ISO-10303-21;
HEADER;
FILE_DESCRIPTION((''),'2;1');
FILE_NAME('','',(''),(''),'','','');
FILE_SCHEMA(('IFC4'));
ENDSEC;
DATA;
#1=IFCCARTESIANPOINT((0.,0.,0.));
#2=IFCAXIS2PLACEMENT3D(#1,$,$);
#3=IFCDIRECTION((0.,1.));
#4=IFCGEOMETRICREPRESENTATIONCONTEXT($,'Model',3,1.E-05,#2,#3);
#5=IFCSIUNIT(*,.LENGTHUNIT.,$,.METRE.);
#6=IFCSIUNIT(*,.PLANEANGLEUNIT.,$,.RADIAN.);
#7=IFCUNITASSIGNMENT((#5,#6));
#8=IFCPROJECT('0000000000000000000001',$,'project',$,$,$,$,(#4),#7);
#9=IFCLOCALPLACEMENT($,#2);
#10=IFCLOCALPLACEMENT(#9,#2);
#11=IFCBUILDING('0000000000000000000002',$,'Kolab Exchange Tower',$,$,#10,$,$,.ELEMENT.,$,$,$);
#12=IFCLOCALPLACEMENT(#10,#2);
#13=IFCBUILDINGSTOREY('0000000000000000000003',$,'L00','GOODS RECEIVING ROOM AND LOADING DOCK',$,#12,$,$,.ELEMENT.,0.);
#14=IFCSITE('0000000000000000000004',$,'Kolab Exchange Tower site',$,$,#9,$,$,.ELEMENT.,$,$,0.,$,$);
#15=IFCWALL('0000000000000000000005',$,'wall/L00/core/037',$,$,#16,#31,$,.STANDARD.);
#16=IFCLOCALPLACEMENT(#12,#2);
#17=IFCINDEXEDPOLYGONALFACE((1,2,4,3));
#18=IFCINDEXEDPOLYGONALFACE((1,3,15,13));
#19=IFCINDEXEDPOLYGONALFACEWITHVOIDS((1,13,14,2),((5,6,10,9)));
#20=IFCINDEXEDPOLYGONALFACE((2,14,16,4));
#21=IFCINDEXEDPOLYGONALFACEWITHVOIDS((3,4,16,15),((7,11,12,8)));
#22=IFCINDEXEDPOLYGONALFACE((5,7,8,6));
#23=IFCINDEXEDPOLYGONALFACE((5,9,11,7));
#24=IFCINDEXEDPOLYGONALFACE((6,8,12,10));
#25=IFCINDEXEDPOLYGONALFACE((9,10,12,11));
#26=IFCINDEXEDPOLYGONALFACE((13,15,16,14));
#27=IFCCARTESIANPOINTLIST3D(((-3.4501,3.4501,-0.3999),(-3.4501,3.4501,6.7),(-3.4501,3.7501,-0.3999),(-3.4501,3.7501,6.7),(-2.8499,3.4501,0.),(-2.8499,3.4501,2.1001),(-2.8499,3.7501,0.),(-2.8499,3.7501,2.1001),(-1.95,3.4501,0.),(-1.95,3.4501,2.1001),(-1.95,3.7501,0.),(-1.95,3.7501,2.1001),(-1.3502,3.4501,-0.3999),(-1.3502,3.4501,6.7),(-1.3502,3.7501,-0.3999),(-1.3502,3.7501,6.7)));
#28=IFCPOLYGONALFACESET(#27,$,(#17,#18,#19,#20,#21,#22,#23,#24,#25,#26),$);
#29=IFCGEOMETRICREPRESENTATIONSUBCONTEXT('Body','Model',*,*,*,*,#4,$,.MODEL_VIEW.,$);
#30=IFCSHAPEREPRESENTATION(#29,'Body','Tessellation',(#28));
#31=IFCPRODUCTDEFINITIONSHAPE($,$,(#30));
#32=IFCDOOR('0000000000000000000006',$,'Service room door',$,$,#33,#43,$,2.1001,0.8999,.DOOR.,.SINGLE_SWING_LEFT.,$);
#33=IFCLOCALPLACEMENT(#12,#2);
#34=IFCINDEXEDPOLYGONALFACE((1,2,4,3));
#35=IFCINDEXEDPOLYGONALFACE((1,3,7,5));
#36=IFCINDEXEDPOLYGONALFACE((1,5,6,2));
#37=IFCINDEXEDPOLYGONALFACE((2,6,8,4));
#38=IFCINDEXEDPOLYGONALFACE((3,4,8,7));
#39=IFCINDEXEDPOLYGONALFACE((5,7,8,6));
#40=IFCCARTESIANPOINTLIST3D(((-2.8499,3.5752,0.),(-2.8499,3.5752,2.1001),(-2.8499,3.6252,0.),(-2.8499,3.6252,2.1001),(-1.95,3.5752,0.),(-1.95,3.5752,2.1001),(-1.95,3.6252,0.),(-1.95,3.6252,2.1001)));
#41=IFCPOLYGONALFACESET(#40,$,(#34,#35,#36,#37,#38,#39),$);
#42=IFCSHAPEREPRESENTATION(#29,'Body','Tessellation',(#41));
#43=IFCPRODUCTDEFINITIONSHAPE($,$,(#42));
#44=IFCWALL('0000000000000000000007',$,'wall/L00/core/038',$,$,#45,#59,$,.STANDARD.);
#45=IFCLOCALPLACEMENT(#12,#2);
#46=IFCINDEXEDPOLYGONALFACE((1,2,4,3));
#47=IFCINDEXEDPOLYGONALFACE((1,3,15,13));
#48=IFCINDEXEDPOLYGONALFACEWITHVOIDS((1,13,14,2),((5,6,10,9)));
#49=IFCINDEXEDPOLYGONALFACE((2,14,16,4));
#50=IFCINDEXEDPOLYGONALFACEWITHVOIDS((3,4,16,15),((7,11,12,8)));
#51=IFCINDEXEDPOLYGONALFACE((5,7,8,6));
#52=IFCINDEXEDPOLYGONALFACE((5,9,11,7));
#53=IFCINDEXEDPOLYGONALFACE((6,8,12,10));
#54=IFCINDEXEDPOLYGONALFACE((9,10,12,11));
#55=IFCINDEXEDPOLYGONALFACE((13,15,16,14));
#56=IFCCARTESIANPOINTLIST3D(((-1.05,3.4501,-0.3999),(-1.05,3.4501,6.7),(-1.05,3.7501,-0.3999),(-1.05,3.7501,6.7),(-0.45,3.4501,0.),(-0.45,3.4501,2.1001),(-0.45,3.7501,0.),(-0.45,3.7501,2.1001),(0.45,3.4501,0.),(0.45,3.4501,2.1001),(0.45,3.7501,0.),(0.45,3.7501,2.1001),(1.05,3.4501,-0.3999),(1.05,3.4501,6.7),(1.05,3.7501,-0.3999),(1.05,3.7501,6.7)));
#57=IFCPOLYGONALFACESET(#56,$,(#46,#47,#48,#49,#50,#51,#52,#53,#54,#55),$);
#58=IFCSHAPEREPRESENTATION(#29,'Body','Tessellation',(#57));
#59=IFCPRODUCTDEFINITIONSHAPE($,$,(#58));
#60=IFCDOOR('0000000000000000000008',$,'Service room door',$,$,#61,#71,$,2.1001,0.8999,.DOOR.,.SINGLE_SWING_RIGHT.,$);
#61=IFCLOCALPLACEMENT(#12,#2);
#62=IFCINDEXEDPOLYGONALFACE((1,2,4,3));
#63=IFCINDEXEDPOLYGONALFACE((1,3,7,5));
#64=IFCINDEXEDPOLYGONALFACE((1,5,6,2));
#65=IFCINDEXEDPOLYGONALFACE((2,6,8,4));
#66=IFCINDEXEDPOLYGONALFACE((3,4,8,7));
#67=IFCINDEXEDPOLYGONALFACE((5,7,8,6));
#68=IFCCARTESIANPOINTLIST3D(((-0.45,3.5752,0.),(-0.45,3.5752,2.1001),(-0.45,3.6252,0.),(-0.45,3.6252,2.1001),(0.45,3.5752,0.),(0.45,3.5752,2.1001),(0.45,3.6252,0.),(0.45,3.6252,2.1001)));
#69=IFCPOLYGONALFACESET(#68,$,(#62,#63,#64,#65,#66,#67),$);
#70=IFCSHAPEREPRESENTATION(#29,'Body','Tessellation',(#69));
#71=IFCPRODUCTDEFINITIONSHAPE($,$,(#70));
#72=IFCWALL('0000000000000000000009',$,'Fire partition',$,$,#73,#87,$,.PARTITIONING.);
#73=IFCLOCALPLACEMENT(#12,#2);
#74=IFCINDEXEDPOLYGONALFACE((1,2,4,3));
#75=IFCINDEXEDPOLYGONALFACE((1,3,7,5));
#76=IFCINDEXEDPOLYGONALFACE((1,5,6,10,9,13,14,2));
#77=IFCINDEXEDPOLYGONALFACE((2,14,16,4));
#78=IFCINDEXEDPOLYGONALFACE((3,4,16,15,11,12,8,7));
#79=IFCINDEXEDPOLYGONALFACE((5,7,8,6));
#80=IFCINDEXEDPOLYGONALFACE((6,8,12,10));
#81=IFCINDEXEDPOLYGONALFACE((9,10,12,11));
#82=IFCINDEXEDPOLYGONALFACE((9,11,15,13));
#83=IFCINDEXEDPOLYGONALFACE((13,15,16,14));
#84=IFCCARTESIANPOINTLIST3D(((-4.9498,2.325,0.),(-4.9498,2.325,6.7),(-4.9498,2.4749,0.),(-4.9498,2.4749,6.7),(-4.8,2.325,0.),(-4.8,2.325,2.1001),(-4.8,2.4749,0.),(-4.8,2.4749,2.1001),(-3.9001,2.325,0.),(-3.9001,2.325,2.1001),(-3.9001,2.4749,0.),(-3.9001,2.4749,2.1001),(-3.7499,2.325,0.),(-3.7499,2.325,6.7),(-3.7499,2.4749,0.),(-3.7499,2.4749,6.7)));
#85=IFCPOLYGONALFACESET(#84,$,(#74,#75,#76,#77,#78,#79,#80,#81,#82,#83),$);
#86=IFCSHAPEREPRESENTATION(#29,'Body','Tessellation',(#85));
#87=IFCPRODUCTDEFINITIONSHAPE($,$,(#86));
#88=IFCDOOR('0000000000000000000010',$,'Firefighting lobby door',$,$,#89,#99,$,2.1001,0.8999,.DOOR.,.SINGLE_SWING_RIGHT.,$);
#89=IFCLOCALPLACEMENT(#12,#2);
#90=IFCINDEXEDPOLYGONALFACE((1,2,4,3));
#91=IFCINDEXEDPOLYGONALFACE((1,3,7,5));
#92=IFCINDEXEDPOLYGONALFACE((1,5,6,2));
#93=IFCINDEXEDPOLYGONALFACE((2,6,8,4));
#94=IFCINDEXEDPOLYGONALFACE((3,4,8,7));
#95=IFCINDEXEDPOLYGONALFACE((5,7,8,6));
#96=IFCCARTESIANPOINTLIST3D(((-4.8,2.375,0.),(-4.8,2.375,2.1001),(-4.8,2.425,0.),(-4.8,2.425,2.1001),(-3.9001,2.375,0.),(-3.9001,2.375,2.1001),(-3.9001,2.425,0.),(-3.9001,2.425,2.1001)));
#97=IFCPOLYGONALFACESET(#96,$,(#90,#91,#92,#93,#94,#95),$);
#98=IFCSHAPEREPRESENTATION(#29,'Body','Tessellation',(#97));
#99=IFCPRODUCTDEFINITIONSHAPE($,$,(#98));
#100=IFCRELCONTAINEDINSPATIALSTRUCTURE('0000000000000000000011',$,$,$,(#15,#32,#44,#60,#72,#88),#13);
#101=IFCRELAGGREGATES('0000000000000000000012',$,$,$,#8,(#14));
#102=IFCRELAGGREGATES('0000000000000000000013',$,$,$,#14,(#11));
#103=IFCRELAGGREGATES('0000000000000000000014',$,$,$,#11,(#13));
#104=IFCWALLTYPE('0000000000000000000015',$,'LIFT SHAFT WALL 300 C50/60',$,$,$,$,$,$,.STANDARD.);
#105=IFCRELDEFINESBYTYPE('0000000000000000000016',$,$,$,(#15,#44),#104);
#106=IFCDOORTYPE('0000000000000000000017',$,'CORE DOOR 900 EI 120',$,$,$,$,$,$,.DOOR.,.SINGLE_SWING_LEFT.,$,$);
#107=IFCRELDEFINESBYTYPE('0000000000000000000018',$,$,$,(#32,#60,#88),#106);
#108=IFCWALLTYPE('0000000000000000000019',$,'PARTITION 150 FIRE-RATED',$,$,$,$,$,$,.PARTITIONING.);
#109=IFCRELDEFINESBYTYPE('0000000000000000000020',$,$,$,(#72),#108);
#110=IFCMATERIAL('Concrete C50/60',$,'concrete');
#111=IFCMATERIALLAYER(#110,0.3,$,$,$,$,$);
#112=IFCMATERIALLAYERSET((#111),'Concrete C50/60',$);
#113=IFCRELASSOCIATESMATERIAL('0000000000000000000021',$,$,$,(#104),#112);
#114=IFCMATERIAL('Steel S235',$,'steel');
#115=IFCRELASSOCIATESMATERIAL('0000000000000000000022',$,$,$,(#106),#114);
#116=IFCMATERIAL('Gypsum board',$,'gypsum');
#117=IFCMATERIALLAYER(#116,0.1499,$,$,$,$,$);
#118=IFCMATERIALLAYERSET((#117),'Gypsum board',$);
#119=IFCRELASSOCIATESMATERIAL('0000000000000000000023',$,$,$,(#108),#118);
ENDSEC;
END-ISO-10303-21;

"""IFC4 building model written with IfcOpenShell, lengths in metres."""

from ifc_helpers import new_model, si_unit, direction, frame, frame_2d, origin, place, context, subcontext, project, spatial, rectangle, extrude, material, layer, layer_set, type_object, element, fill, save


model = new_model("IFC4")

# Units and contexts
model_context = context("Model", 3, precision=1e-05, world=origin(), true_north=direction((0.0, 1.0)))
body_context = subcontext(model_context, "Body", "Model", "MODEL_VIEW")
ifc_project = project(units=[si_unit("LENGTHUNIT", "METRE"), si_unit("PLANEANGLEUNIT", "RADIAN")], contexts=[model_context])

# Site, building, storey
site_placement = place(None, origin())
site = spatial("IfcSite", under=ifc_project, at=site_placement, Name="Kolab Exchange Tower site", CompositionType="ELEMENT", RefElevation=0.0)
building_placement = place(site_placement, origin())
building = spatial("IfcBuilding", under=site, at=building_placement, Name="Kolab Exchange Tower", CompositionType="ELEMENT")
storey_placement = place(building_placement, origin())
storey = spatial("IfcBuildingStorey", under=building, at=storey_placement, Name="L00", Description="GOODS RECEIVING ROOM AND LOADING DOCK", CompositionType="ELEMENT", Elevation=0.0)

# Walls, openings, doors
ifc_material_1 = material(Name="Concrete C50/60", Category="concrete")
ifc_layer_1 = layer(ifc_material_1, 0.3)
ifc_layer_set_1 = layer_set([ifc_layer_1], Name="Concrete C50/60")
wall_type_1 = type_object("IfcWallType", Name="LIFT SHAFT WALL 300 C50/60", PredefinedType="STANDARD", material=ifc_layer_set_1)
wall_1_placement = place(storey_placement, frame((-3.45, 3.6001, -0.3999), z_axis=(0.0, 0.0, 1.0), x_axis=(1.0, 0.0, 0.0)))
wall_1 = element("IfcWall", 1, at=wall_1_placement, inside=storey, type_object=wall_type_1, Name="wall/L00/core/037", PredefinedType="STANDARD", context=body_context, shape_type="SweptSolid", body=[
    extrude(rectangle(XDim=2.0999, YDim=0.3, at=frame_2d((1.0498, 0.0))), origin(), (0.0, 0.0, 1.0), 7.0999),
])
opening_1_placement = place(wall_1_placement, frame((0.6001, 0.0, 0.3999)))
opening_1 = element("IfcOpeningElement", 2, at=opening_1_placement, cuts=wall_1, PredefinedType="OPENING", context=body_context, shape_type="SweptSolid", body=[
    extrude(rectangle(XDim=0.8999, YDim=2.1001, at=frame_2d((0.45, 1.05))), frame((0.0, 0.1602, 0.0), z_axis=(0.0, -1.0, 0.0), x_axis=(1.0, 0.0, 0.0)), (0.0, 0.0, 1.0), 0.3201),
])
ifc_material_2 = material(Name="Steel S235", Category="steel")
door_type = type_object("IfcDoorType", Name="CORE DOOR 900 EI 120", OperationType="SINGLE_SWING_LEFT", PredefinedType="DOOR", material=ifc_material_2)
door_1_placement = place(opening_1_placement, frame((0.8999, 0.0, 0.0), z_axis=(0.0, 0.0, 1.0), x_axis=(-1.0, 0.0, 0.0)))
door_1 = element("IfcDoor", 3, at=door_1_placement, inside=storey, type_object=door_type, Name="Service room door", OperationType="SINGLE_SWING_LEFT", OverallHeight=2.1001, OverallWidth=0.8999, PredefinedType="DOOR", context=body_context, shape_type="SweptSolid", body=[
    extrude(rectangle(XDim=0.8999, YDim=2.1001, at=frame_2d((0.45, 1.05))), frame((0.0, 0.0249, 0.0), z_axis=(0.0, -1.0, 0.0), x_axis=(1.0, 0.0, 0.0)), (0.0, 0.0, 1.0), 0.05),
])
fill(opening_1, door_1)
wall_2_placement = place(storey_placement, frame((-1.05, 3.6001, -0.3999), z_axis=(0.0, 0.0, 1.0), x_axis=(1.0, 0.0, 0.0)))
wall_2 = element("IfcWall", 4, at=wall_2_placement, inside=storey, type_object=wall_type_1, Name="wall/L00/core/038", PredefinedType="STANDARD", context=body_context, shape_type="SweptSolid", body=[
    extrude(rectangle(XDim=2.1001, YDim=0.3, at=frame_2d((1.05, 0.0))), origin(), (0.0, 0.0, 1.0), 7.0999),
])
opening_2_placement = place(wall_2_placement, frame((0.6001, 0.0, 0.3999)))
opening_2 = element("IfcOpeningElement", 5, at=opening_2_placement, cuts=wall_2, PredefinedType="OPENING", context=body_context, shape_type="SweptSolid", body=[
    extrude(rectangle(XDim=0.8999, YDim=2.1001, at=frame_2d((0.45, 1.05))), frame((0.0, 0.1602, 0.0), z_axis=(0.0, -1.0, 0.0), x_axis=(1.0, 0.0, 0.0)), (0.0, 0.0, 1.0), 0.3201),
])
door_2_placement = place(opening_2_placement, frame((0.8999, 0.0, 0.0), z_axis=(0.0, 0.0, 1.0), x_axis=(-1.0, 0.0, 0.0)))
door_2 = element("IfcDoor", 6, at=door_2_placement, inside=storey, type_object=door_type, Name="Service room door", OperationType="SINGLE_SWING_RIGHT", OverallHeight=2.1001, OverallWidth=0.8999, PredefinedType="DOOR", context=body_context, shape_type="SweptSolid", body=[
    extrude(rectangle(XDim=0.8999, YDim=2.1001, at=frame_2d((0.45, 1.05))), frame((0.0, 0.0249, 0.0), z_axis=(0.0, -1.0, 0.0), x_axis=(1.0, 0.0, 0.0)), (0.0, 0.0, 1.0), 0.05),
])
fill(opening_2, door_2)
ifc_material_3 = material(Name="Gypsum board", Category="gypsum")
ifc_layer_2 = layer(ifc_material_3, 0.1499)
ifc_layer_set_2 = layer_set([ifc_layer_2], Name="Gypsum board")
wall_type_2 = type_object("IfcWallType", Name="PARTITION 150 FIRE-RATED", PredefinedType="PARTITIONING", material=ifc_layer_set_2)
wall_3_placement = place(storey_placement, frame((-4.95, 2.3999, 0.0), z_axis=(0.0, 0.0, 1.0), x_axis=(1.0, 0.0, 0.0)))
wall_3 = element("IfcWall", 7, at=wall_3_placement, inside=storey, type_object=wall_type_2, Name="Fire partition", PredefinedType="PARTITIONING", context=body_context, shape_type="SweptSolid", body=[
    extrude(rectangle(XDim=1.2, YDim=0.1499, at=frame_2d((0.6001, 0.0))), origin(), (0.0, 0.0, 1.0), 6.7),
])
opening_3_placement = place(wall_3_placement, frame((0.1499, 0.0, 0.0)))
opening_3 = element("IfcOpeningElement", 8, at=opening_3_placement, cuts=wall_3, PredefinedType="OPENING", context=body_context, shape_type="SweptSolid", body=[
    extrude(rectangle(XDim=0.8999, YDim=2.1001, at=frame_2d((0.45, 1.05))), frame((0.0, 0.085, 0.0), z_axis=(0.0, -1.0, 0.0), x_axis=(1.0, 0.0, 0.0)), (0.0, 0.0, 1.0), 0.1699),
])
door_3_placement = place(opening_3_placement, frame((0.8999, 0.0, 0.0), z_axis=(0.0, 0.0, 1.0), x_axis=(-1.0, 0.0, 0.0)))
door_3 = element("IfcDoor", 9, at=door_3_placement, inside=storey, type_object=door_type, Name="Firefighting lobby door", OperationType="SINGLE_SWING_RIGHT", OverallHeight=2.1001, OverallWidth=0.8999, PredefinedType="DOOR", context=body_context, shape_type="SweptSolid", body=[
    extrude(rectangle(XDim=0.8999, YDim=2.1001, at=frame_2d((0.45, 1.05))), frame((0.0, 0.0249, 0.0), z_axis=(0.0, -1.0, 0.0), x_axis=(1.0, 0.0, 0.0)), (0.0, 0.0, 1.0), 0.05),
])
fill(opening_3, door_3)

save(model, "model.ifc")
